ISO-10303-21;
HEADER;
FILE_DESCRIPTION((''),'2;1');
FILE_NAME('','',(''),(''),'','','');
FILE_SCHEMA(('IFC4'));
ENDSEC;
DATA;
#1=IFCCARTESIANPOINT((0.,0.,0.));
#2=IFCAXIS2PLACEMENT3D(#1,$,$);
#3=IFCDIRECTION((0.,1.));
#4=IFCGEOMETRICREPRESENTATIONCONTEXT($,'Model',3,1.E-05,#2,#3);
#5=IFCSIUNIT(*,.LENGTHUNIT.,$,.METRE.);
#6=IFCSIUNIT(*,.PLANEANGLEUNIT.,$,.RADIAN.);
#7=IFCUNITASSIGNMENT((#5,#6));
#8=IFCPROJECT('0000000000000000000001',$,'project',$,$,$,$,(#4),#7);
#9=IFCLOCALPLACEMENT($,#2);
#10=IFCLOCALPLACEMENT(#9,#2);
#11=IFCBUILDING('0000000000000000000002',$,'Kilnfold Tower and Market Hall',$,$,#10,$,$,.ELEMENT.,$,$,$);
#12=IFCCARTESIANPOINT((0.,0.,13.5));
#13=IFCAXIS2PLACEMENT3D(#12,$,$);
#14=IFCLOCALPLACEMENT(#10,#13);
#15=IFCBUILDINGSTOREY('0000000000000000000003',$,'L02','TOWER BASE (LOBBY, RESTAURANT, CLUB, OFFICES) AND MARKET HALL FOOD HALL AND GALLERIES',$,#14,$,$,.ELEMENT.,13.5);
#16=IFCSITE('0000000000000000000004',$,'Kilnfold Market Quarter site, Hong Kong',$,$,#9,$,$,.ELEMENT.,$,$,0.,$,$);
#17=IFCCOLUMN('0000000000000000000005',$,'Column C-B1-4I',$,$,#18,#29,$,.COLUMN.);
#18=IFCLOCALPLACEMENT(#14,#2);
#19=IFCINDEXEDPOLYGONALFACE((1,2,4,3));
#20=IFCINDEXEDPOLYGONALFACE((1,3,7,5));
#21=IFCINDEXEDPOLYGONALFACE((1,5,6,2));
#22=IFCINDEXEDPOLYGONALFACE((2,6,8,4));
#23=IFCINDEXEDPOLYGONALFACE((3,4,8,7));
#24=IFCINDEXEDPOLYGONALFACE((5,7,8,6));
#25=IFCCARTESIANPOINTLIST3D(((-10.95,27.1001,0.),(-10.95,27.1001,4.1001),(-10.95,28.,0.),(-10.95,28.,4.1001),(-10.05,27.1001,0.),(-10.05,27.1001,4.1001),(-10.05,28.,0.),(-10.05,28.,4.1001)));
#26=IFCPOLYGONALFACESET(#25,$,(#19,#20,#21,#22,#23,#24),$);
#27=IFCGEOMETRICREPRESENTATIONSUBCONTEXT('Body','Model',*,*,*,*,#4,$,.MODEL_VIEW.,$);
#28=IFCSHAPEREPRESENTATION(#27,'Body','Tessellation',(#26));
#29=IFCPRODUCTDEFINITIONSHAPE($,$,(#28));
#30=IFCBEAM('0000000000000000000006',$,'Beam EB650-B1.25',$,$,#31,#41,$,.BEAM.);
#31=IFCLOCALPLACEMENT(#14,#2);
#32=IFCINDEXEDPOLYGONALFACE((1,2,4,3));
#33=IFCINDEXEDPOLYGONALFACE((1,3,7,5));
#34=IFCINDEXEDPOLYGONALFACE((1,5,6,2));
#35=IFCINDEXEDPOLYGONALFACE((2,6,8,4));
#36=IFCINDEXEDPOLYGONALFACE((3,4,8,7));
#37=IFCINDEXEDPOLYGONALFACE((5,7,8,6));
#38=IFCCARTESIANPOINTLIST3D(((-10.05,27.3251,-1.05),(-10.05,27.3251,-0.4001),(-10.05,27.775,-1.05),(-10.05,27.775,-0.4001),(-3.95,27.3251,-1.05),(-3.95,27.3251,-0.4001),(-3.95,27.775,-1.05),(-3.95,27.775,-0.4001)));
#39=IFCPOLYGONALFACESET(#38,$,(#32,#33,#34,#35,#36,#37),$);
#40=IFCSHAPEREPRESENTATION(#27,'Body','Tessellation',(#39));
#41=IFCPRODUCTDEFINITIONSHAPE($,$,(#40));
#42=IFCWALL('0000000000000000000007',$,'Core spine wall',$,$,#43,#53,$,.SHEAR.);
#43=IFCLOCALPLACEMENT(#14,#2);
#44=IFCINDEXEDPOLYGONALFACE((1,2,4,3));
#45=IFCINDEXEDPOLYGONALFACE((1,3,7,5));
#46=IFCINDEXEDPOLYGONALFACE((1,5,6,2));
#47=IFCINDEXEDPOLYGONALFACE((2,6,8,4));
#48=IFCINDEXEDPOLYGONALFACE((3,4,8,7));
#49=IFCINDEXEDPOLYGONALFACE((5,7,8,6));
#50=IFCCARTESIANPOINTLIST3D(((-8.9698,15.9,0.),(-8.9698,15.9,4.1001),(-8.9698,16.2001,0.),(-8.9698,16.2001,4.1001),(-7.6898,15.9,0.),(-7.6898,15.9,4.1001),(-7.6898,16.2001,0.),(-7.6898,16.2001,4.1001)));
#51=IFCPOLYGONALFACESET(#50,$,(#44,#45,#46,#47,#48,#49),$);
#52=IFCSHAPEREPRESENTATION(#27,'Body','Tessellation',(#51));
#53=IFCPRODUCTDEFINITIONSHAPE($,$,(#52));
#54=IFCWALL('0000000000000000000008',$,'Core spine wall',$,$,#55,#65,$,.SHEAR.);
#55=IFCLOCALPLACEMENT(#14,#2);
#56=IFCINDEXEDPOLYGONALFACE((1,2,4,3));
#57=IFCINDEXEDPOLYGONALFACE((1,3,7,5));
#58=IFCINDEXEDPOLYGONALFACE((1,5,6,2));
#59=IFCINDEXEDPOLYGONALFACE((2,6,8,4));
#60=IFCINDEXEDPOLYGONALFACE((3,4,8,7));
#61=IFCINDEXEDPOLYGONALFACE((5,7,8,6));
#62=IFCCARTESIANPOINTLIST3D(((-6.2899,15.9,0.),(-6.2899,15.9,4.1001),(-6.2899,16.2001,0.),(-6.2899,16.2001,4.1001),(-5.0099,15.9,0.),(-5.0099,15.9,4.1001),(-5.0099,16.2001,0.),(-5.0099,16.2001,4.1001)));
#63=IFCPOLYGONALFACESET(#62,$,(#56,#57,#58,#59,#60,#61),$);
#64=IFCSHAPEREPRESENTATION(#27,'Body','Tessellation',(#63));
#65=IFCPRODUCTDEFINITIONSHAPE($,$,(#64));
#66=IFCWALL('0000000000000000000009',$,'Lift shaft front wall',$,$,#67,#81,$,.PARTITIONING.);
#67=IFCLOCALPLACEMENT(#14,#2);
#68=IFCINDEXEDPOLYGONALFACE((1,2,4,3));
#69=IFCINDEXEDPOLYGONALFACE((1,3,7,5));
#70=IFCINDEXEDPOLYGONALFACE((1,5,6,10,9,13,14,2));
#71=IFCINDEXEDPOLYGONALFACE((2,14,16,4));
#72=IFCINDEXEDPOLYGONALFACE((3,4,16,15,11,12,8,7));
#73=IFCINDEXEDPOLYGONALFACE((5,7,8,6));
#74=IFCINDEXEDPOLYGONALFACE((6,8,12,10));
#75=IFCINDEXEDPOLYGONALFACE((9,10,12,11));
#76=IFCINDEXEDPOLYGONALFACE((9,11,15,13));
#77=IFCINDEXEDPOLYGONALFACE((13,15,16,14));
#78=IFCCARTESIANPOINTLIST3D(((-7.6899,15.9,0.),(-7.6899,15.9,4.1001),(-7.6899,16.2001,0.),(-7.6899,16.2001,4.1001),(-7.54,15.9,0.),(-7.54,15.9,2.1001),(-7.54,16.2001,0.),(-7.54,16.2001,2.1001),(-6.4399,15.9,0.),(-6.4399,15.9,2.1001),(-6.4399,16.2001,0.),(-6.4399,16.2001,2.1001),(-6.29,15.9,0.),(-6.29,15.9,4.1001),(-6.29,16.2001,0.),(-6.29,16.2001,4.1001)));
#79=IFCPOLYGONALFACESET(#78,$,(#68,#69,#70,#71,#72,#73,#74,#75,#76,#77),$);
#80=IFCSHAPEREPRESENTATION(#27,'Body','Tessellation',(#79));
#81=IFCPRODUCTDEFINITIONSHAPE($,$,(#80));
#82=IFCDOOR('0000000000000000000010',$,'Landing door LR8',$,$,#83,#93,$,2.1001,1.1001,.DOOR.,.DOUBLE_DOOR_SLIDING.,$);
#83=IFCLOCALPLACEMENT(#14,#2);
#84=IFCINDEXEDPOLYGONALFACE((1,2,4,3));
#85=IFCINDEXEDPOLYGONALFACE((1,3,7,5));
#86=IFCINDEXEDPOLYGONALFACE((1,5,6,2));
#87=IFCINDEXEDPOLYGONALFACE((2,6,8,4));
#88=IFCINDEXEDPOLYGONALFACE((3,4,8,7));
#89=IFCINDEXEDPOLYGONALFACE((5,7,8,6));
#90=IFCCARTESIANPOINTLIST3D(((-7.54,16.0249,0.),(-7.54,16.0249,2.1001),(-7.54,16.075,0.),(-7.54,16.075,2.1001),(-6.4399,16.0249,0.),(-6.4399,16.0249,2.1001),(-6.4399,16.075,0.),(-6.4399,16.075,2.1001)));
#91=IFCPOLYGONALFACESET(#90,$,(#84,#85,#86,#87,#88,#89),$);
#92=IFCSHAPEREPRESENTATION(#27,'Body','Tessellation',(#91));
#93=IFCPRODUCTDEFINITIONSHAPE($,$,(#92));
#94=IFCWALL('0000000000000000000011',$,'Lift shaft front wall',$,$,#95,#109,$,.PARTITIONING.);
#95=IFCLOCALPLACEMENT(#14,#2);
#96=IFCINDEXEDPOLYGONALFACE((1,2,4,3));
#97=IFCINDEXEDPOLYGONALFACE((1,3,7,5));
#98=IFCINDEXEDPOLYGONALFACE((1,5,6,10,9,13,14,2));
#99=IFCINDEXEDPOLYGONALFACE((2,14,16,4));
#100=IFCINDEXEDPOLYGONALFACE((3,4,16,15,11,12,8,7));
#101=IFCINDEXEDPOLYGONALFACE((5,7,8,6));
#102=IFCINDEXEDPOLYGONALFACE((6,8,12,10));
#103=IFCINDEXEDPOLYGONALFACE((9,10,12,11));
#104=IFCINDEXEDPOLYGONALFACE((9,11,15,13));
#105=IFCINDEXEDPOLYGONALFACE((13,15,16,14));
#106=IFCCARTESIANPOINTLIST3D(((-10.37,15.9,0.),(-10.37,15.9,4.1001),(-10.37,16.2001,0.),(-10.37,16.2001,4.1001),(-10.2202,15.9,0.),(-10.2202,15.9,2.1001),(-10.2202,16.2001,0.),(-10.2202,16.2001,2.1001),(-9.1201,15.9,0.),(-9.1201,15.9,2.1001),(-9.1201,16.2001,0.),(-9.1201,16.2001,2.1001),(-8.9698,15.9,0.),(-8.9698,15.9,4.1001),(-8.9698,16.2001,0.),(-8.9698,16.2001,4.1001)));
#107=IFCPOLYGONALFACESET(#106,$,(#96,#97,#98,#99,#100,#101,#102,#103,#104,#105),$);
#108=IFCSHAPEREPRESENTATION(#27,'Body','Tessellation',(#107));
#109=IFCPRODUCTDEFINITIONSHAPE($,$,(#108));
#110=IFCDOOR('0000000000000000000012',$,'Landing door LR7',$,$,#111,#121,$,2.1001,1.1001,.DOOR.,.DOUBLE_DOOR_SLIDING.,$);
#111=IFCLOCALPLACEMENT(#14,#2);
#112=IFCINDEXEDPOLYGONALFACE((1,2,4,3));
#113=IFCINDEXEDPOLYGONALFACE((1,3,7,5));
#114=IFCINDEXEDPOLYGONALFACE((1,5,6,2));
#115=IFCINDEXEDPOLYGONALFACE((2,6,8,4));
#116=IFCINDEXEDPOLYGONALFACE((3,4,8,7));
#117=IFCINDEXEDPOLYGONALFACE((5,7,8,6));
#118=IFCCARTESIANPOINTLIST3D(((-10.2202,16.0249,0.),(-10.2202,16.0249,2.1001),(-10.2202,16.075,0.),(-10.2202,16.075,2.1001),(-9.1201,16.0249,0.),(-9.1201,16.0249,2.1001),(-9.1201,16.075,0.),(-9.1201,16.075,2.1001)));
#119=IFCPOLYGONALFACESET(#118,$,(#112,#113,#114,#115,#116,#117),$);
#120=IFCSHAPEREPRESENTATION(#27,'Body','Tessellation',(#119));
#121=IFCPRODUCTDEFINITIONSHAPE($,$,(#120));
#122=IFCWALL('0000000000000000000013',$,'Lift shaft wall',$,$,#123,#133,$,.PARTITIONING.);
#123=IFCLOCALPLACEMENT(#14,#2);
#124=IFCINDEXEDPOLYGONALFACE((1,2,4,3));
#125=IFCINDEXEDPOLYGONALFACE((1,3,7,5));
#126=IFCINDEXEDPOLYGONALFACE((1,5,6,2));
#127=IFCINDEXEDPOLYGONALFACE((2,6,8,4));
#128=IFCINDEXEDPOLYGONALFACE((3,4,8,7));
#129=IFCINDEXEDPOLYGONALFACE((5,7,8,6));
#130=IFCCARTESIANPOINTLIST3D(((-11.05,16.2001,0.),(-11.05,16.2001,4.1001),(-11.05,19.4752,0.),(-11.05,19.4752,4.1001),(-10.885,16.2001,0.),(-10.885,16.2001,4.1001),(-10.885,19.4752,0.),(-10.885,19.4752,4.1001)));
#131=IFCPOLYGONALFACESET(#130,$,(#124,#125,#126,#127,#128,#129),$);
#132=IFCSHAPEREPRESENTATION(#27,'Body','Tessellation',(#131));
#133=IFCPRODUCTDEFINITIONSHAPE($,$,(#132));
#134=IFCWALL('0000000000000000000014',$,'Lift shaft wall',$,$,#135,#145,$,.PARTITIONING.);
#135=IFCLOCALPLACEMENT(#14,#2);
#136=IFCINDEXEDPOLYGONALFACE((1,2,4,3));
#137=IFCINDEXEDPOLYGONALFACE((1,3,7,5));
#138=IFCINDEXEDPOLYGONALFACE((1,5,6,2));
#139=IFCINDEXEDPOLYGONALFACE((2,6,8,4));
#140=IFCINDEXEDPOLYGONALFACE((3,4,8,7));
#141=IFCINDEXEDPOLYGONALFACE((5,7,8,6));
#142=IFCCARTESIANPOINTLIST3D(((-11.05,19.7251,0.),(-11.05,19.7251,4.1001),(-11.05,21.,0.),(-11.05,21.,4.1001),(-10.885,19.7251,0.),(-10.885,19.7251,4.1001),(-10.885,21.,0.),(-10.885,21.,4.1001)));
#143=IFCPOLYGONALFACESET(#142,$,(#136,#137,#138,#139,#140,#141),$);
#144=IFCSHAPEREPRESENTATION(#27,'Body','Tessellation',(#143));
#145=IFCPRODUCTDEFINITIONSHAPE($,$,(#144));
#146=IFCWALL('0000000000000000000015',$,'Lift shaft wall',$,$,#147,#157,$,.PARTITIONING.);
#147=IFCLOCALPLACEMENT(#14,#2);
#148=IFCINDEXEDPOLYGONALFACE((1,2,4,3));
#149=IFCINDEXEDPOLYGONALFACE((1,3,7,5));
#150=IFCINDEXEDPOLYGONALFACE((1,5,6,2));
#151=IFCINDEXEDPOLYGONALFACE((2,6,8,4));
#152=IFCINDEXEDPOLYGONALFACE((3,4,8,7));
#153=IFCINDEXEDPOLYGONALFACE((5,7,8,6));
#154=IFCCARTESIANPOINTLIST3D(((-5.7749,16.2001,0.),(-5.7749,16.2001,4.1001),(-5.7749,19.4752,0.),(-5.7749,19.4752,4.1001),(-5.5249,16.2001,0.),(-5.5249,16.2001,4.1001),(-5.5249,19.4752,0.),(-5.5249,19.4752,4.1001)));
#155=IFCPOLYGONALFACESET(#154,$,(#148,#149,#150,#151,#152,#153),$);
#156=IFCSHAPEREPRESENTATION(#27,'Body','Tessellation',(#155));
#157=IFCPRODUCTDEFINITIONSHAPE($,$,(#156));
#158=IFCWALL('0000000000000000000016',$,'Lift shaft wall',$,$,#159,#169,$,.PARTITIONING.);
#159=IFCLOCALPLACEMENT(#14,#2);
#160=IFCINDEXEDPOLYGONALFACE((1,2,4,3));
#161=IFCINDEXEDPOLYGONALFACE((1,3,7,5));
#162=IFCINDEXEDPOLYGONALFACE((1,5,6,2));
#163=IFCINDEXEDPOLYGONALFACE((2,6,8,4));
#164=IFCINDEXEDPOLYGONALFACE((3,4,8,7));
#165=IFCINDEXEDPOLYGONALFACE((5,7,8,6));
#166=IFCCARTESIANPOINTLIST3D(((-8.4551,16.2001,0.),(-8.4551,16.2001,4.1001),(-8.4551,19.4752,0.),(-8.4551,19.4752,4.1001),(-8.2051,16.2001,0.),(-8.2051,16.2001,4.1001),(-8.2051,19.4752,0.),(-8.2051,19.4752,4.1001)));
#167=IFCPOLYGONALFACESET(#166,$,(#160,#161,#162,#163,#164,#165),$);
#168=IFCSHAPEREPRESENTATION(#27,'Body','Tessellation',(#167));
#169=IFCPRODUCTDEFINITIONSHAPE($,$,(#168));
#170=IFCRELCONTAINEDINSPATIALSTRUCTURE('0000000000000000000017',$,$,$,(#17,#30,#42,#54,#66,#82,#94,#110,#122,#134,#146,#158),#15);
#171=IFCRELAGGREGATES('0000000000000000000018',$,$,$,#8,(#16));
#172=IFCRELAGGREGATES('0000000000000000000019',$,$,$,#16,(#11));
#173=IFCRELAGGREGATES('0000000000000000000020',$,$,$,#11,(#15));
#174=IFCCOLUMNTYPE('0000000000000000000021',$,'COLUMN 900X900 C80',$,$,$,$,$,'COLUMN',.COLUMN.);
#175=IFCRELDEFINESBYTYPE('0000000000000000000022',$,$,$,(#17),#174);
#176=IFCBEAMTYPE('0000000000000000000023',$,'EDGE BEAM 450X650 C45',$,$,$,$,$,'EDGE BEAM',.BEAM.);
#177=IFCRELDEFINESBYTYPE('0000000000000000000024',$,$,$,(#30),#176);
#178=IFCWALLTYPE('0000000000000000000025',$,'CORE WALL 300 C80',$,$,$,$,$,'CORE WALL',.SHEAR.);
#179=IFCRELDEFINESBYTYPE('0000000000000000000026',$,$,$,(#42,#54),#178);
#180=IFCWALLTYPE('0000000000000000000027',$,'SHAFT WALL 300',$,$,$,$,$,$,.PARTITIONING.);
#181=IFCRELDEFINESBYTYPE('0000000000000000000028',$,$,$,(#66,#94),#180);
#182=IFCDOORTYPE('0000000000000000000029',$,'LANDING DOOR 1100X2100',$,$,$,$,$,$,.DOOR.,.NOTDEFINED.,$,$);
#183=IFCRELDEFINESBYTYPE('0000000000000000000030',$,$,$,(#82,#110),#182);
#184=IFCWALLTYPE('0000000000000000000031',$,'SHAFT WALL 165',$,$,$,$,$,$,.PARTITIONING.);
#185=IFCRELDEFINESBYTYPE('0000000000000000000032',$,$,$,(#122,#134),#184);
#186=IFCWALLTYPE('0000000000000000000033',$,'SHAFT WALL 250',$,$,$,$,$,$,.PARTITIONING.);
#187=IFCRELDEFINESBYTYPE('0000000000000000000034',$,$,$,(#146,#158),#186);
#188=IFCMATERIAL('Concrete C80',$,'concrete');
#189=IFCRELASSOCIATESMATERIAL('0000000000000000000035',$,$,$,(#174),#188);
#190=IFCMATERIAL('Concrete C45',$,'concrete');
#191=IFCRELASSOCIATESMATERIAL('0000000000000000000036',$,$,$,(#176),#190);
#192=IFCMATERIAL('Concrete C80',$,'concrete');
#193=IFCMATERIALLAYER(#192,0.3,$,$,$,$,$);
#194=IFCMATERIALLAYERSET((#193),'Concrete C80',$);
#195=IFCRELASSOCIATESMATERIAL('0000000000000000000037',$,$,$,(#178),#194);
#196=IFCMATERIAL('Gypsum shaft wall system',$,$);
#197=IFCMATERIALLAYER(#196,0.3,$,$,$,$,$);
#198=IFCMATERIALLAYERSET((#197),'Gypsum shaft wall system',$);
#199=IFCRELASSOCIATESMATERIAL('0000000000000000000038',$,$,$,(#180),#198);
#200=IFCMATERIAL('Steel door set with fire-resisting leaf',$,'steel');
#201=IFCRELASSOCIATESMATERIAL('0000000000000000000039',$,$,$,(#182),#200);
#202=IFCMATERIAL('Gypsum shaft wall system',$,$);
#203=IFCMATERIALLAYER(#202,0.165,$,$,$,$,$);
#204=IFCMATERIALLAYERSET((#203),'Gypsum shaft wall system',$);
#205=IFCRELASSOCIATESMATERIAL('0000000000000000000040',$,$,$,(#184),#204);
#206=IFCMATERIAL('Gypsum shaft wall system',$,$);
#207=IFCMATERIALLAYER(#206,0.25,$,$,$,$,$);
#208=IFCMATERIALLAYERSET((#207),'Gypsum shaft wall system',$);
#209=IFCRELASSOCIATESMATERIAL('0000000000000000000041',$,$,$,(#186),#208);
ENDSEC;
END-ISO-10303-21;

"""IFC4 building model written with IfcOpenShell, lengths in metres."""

from ifc_helpers import new_model, si_unit, direction, frame, frame_2d, origin, origin_2d, place, context, subcontext, project, spatial, rectangle, extrude, source, transform, mapped, material, layer, layer_set, material_profile, profile_set, type_object, element, fill, save


model = new_model("IFC4")

# Units and contexts
model_context = context("Model", 3, precision=1e-05, world=origin(), true_north=direction((0.0, 1.0)))
body_context = subcontext(model_context, "Body", "Model", "MODEL_VIEW")
ifc_project = project(units=[si_unit("LENGTHUNIT", "METRE"), si_unit("PLANEANGLEUNIT", "RADIAN")], contexts=[model_context])

# Site, building, storey
site_placement = place(None, origin())
site = spatial("IfcSite", under=ifc_project, at=site_placement, Name="Kilnfold Market Quarter site, Hong Kong", CompositionType="ELEMENT", RefElevation=0.0)
building_placement = place(site_placement, origin())
building = spatial("IfcBuilding", under=site, at=building_placement, Name="Kilnfold Tower and Market Hall", CompositionType="ELEMENT")
storey_placement = place(building_placement, frame((0.0, 0.0, 13.5)))
storey = spatial("IfcBuildingStorey", under=building, at=storey_placement, Name="L02", Description="TOWER BASE (LOBBY, RESTAURANT, CLUB, OFFICES) AND MARKET HALL FOOD HALL AND GALLERIES", CompositionType="ELEMENT", Elevation=13.5)

# Column
ifc_material_1 = material(Name="Concrete C80", Category="concrete")
ifc_material_profile_1 = material_profile(ifc_material_1, rectangle(XDim=0.8999, YDim=0.8999, at=origin_2d()), Name="RC 900x900")
ifc_profile_set_1 = profile_set([ifc_material_profile_1], Name="Concrete C80")
column_type = type_object("IfcColumnType", Name="COLUMN 900X900 C80", ElementType="COLUMN", PredefinedType="COLUMN", material=ifc_profile_set_1)
shared_shape_1 = source(origin(), body_context, "Body", "SweptSolid", [
    extrude(rectangle(XDim=0.8999, YDim=0.8999, at=origin_2d()), origin(), (0.0, 0.0, 1.0), 4.1001),
])
column_placement = place(storey_placement, frame((-10.5, 27.55, 0.0), z_axis=(0.0, 0.0, 1.0), x_axis=(1.0, 0.0, 0.0)))
element("IfcColumn", 1, at=column_placement, inside=storey, type_object=column_type, Name="Column C-B1-4I", PredefinedType="COLUMN", context=body_context, shape_type="MappedRepresentation", body=[
    mapped(shared_shape_1, transform((0.0, 0.0, 0.0))),
])

# Beam
ifc_material_2 = material(Name="Concrete C45", Category="concrete")
ifc_material_profile_2 = material_profile(ifc_material_2, rectangle(XDim=0.45, YDim=0.6499, at=origin_2d()), Name="RC 450x650")
ifc_profile_set_2 = profile_set([ifc_material_profile_2], Name="Concrete C45")
beam_type = type_object("IfcBeamType", Name="EDGE BEAM 450X650 C45", ElementType="EDGE BEAM", PredefinedType="BEAM", material=ifc_profile_set_2)
shared_shape_2 = source(origin(), body_context, "Body", "SweptSolid", [
    extrude(rectangle(XDim=0.45, YDim=0.6499, at=origin_2d()), origin(), (0.0, 0.0, 1.0), 6.1001),
])
beam_placement = place(storey_placement, frame((-10.05, 27.55, -0.7251), z_axis=(1.0, 0.0, 0.0), x_axis=(0.0, 1.0, 0.0)))
element("IfcBeam", 2, at=beam_placement, inside=storey, type_object=beam_type, Name="Beam EB650-B1.25", PredefinedType="BEAM", context=body_context, shape_type="MappedRepresentation", body=[
    mapped(shared_shape_2, transform((0.0, 0.0, 0.0))),
])

# Walls
ifc_material_3 = material(Name="Concrete C80", Category="concrete")
ifc_layer_1 = layer(ifc_material_3, 0.3)
ifc_layer_set_1 = layer_set([ifc_layer_1], Name="Concrete C80")
wall_type_1 = type_object("IfcWallType", Name="CORE WALL 300 C80", ElementType="CORE WALL", PredefinedType="SHEAR", material=ifc_layer_set_1)
shared_shape_3 = source(origin(), body_context, "Body", "SweptSolid", [
    extrude(rectangle(XDim=1.28, YDim=0.3, at=frame_2d((0.6401, 0.0))), origin(), (0.0, 0.0, 1.0), 4.1001),
])
for number, where, z_axis, x_axis, name in (
    (3, (-8.97, 16.05, 0.0), (0.0, 0.0, 1.0), (1.0, 0.0, 0.0), "Core spine wall"),
    (4, (-6.29, 16.05, 0.0), (0.0, 0.0, 1.0), (1.0, 0.0, 0.0), "Core spine wall"),
):
    element("IfcWall", number, at=place(storey_placement, frame(where, z_axis=z_axis, x_axis=x_axis)), inside=storey, type_object=wall_type_1, Name=name, PredefinedType="SHEAR", context=body_context, shape_type="MappedRepresentation", body=[
        mapped(shared_shape_3, transform((0.0, 0.0, 0.0))),
    ])

# Walls, openings, doors
ifc_material_4 = material(Name="Gypsum shaft wall system")
ifc_layer_2 = layer(ifc_material_4, 0.3)
ifc_layer_set_2 = layer_set([ifc_layer_2], Name="Gypsum shaft wall system")
wall_type_2 = type_object("IfcWallType", Name="SHAFT WALL 300", PredefinedType="PARTITIONING", material=ifc_layer_set_2)
shared_shape_4 = source(origin(), body_context, "Body", "SweptSolid", [
    extrude(rectangle(XDim=1.3999, YDim=0.3, at=frame_2d((0.7, 0.0))), origin(), (0.0, 0.0, 1.0), 4.1001),
])
wall_1_placement = place(storey_placement, frame((-7.6899, 16.05, 0.0), z_axis=(0.0, 0.0, 1.0), x_axis=(1.0, 0.0, 0.0)))
wall_1 = element("IfcWall", 5, at=wall_1_placement, inside=storey, type_object=wall_type_2, Name="Lift shaft front wall", PredefinedType="PARTITIONING", context=body_context, shape_type="MappedRepresentation", body=[
    mapped(shared_shape_4, transform((0.0, 0.0, 0.0))),
])
opening_1_placement = place(wall_1_placement, frame((0.1499, 0.0, 0.0)))
opening_1 = element("IfcOpeningElement", 6, at=opening_1_placement, cuts=wall_1, PredefinedType="OPENING", context=body_context, shape_type="SweptSolid", body=[
    extrude(rectangle(XDim=1.1001, YDim=2.1001, at=frame_2d((0.55, 1.05))), frame((0.0, 0.1602, 0.0), z_axis=(0.0, -1.0, 0.0), x_axis=(1.0, 0.0, 0.0)), (0.0, 0.0, 1.0), 0.3201),
])
ifc_material_5 = material(Name="Steel door set with fire-resisting leaf", Category="steel")
door_type = type_object("IfcDoorType", Name="LANDING DOOR 1100X2100", OperationType="NOTDEFINED", PredefinedType="DOOR", material=ifc_material_5)
door_1_placement = place(opening_1_placement, origin())
door_1 = element("IfcDoor", 7, at=door_1_placement, inside=storey, type_object=door_type, Name="Landing door LR8", OperationType="DOUBLE_DOOR_SLIDING", OverallHeight=2.1001, OverallWidth=1.1001, PredefinedType="DOOR", context=body_context, shape_type="SweptSolid", body=[
    extrude(rectangle(XDim=1.1001, YDim=2.1001, at=frame_2d((0.55, 1.05))), frame((0.0, 0.0249, 0.0), z_axis=(0.0, -1.0, 0.0), x_axis=(1.0, 0.0, 0.0)), (0.0, 0.0, 1.0), 0.05),
])
fill(opening_1, door_1)
shared_shape_5 = source(origin(), body_context, "Body", "SweptSolid", [
    extrude(rectangle(XDim=1.4001, YDim=0.3, at=frame_2d((0.7002, 0.0))), origin(), (0.0, 0.0, 1.0), 4.1001),
])
wall_2_placement = place(storey_placement, frame((-10.3701, 16.05, 0.0), z_axis=(0.0, 0.0, 1.0), x_axis=(1.0, 0.0, 0.0)))
wall_2 = element("IfcWall", 8, at=wall_2_placement, inside=storey, type_object=wall_type_2, Name="Lift shaft front wall", PredefinedType="PARTITIONING", context=body_context, shape_type="MappedRepresentation", body=[
    mapped(shared_shape_5, transform((0.0, 0.0, 0.0))),
])
opening_2_placement = place(wall_2_placement, frame((0.1499, 0.0, 0.0)))
opening_2 = element("IfcOpeningElement", 9, at=opening_2_placement, cuts=wall_2, PredefinedType="OPENING", context=body_context, shape_type="SweptSolid", body=[
    extrude(rectangle(XDim=1.1001, YDim=2.1001, at=frame_2d((0.55, 1.05))), frame((0.0, 0.1602, 0.0), z_axis=(0.0, -1.0, 0.0), x_axis=(1.0, 0.0, 0.0)), (0.0, 0.0, 1.0), 0.3201),
])
door_2_placement = place(opening_2_placement, origin())
door_2 = element("IfcDoor", 10, at=door_2_placement, inside=storey, type_object=door_type, Name="Landing door LR7", OperationType="DOUBLE_DOOR_SLIDING", OverallHeight=2.1001, OverallWidth=1.1001, PredefinedType="DOOR", context=body_context, shape_type="SweptSolid", body=[
    extrude(rectangle(XDim=1.1001, YDim=2.1001, at=frame_2d((0.55, 1.05))), frame((0.0, 0.0249, 0.0), z_axis=(0.0, -1.0, 0.0), x_axis=(1.0, 0.0, 0.0)), (0.0, 0.0, 1.0), 0.05),
])
fill(opening_2, door_2)

# Walls
ifc_material_6 = material(Name="Gypsum shaft wall system")
ifc_layer_3 = layer(ifc_material_6, 0.165)
ifc_layer_set_3 = layer_set([ifc_layer_3], Name="Gypsum shaft wall system")
wall_type_3 = type_object("IfcWallType", Name="SHAFT WALL 165", PredefinedType="PARTITIONING", material=ifc_layer_set_3)
shared_shape_6 = source(origin(), body_context, "Body", "SweptSolid", [
    extrude(rectangle(XDim=3.2751, YDim=0.165, at=frame_2d((1.6377, 0.0))), origin(), (0.0, 0.0, 1.0), 4.1001),
])
wall_3_placement = place(storey_placement, frame((-10.9675, 16.2, 0.0), z_axis=(0.0, 0.0, 1.0), x_axis=(0.0, 1.0, 0.0)))
element("IfcWall", 11, at=wall_3_placement, inside=storey, type_object=wall_type_3, Name="Lift shaft wall", PredefinedType="PARTITIONING", context=body_context, shape_type="MappedRepresentation", body=[
    mapped(shared_shape_6, transform((0.0, 0.0, 0.0))),
])
shared_shape_7 = source(origin(), body_context, "Body", "SweptSolid", [
    extrude(rectangle(XDim=1.2749, YDim=0.165, at=frame_2d((0.6375, 0.0))), origin(), (0.0, 0.0, 1.0), 4.1001),
])
wall_4_placement = place(storey_placement, frame((-10.9675, 19.7251, 0.0), z_axis=(0.0, 0.0, 1.0), x_axis=(0.0, 1.0, 0.0)))
element("IfcWall", 12, at=wall_4_placement, inside=storey, type_object=wall_type_3, Name="Lift shaft wall", PredefinedType="PARTITIONING", context=body_context, shape_type="MappedRepresentation", body=[
    mapped(shared_shape_7, transform((0.0, 0.0, 0.0))),
])
ifc_material_7 = material(Name="Gypsum shaft wall system")
ifc_layer_4 = layer(ifc_material_7, 0.25)
ifc_layer_set_4 = layer_set([ifc_layer_4], Name="Gypsum shaft wall system")
wall_type_4 = type_object("IfcWallType", Name="SHAFT WALL 250", PredefinedType="PARTITIONING", material=ifc_layer_set_4)
shared_shape_8 = source(origin(), body_context, "Body", "SweptSolid", [
    extrude(rectangle(XDim=3.2751, YDim=0.25, at=frame_2d((1.6377, 0.0))), origin(), (0.0, 0.0, 1.0), 4.1001),
])
for number, where, z_axis, x_axis, name in (
    (13, (-5.6499, 16.2, 0.0), (0.0, 0.0, 1.0), (0.0, 1.0, 0.0), "Lift shaft wall"),
    (14, (-8.3301, 16.2, 0.0), (0.0, 0.0, 1.0), (0.0, 1.0, 0.0), "Lift shaft wall"),
):
    element("IfcWall", number, at=place(storey_placement, frame(where, z_axis=z_axis, x_axis=x_axis)), inside=storey, type_object=wall_type_4, Name=name, PredefinedType="PARTITIONING", context=body_context, shape_type="MappedRepresentation", body=[
        mapped(shared_shape_8, transform((0.0, 0.0, 0.0))),
    ])

save(model, "model.ifc")
